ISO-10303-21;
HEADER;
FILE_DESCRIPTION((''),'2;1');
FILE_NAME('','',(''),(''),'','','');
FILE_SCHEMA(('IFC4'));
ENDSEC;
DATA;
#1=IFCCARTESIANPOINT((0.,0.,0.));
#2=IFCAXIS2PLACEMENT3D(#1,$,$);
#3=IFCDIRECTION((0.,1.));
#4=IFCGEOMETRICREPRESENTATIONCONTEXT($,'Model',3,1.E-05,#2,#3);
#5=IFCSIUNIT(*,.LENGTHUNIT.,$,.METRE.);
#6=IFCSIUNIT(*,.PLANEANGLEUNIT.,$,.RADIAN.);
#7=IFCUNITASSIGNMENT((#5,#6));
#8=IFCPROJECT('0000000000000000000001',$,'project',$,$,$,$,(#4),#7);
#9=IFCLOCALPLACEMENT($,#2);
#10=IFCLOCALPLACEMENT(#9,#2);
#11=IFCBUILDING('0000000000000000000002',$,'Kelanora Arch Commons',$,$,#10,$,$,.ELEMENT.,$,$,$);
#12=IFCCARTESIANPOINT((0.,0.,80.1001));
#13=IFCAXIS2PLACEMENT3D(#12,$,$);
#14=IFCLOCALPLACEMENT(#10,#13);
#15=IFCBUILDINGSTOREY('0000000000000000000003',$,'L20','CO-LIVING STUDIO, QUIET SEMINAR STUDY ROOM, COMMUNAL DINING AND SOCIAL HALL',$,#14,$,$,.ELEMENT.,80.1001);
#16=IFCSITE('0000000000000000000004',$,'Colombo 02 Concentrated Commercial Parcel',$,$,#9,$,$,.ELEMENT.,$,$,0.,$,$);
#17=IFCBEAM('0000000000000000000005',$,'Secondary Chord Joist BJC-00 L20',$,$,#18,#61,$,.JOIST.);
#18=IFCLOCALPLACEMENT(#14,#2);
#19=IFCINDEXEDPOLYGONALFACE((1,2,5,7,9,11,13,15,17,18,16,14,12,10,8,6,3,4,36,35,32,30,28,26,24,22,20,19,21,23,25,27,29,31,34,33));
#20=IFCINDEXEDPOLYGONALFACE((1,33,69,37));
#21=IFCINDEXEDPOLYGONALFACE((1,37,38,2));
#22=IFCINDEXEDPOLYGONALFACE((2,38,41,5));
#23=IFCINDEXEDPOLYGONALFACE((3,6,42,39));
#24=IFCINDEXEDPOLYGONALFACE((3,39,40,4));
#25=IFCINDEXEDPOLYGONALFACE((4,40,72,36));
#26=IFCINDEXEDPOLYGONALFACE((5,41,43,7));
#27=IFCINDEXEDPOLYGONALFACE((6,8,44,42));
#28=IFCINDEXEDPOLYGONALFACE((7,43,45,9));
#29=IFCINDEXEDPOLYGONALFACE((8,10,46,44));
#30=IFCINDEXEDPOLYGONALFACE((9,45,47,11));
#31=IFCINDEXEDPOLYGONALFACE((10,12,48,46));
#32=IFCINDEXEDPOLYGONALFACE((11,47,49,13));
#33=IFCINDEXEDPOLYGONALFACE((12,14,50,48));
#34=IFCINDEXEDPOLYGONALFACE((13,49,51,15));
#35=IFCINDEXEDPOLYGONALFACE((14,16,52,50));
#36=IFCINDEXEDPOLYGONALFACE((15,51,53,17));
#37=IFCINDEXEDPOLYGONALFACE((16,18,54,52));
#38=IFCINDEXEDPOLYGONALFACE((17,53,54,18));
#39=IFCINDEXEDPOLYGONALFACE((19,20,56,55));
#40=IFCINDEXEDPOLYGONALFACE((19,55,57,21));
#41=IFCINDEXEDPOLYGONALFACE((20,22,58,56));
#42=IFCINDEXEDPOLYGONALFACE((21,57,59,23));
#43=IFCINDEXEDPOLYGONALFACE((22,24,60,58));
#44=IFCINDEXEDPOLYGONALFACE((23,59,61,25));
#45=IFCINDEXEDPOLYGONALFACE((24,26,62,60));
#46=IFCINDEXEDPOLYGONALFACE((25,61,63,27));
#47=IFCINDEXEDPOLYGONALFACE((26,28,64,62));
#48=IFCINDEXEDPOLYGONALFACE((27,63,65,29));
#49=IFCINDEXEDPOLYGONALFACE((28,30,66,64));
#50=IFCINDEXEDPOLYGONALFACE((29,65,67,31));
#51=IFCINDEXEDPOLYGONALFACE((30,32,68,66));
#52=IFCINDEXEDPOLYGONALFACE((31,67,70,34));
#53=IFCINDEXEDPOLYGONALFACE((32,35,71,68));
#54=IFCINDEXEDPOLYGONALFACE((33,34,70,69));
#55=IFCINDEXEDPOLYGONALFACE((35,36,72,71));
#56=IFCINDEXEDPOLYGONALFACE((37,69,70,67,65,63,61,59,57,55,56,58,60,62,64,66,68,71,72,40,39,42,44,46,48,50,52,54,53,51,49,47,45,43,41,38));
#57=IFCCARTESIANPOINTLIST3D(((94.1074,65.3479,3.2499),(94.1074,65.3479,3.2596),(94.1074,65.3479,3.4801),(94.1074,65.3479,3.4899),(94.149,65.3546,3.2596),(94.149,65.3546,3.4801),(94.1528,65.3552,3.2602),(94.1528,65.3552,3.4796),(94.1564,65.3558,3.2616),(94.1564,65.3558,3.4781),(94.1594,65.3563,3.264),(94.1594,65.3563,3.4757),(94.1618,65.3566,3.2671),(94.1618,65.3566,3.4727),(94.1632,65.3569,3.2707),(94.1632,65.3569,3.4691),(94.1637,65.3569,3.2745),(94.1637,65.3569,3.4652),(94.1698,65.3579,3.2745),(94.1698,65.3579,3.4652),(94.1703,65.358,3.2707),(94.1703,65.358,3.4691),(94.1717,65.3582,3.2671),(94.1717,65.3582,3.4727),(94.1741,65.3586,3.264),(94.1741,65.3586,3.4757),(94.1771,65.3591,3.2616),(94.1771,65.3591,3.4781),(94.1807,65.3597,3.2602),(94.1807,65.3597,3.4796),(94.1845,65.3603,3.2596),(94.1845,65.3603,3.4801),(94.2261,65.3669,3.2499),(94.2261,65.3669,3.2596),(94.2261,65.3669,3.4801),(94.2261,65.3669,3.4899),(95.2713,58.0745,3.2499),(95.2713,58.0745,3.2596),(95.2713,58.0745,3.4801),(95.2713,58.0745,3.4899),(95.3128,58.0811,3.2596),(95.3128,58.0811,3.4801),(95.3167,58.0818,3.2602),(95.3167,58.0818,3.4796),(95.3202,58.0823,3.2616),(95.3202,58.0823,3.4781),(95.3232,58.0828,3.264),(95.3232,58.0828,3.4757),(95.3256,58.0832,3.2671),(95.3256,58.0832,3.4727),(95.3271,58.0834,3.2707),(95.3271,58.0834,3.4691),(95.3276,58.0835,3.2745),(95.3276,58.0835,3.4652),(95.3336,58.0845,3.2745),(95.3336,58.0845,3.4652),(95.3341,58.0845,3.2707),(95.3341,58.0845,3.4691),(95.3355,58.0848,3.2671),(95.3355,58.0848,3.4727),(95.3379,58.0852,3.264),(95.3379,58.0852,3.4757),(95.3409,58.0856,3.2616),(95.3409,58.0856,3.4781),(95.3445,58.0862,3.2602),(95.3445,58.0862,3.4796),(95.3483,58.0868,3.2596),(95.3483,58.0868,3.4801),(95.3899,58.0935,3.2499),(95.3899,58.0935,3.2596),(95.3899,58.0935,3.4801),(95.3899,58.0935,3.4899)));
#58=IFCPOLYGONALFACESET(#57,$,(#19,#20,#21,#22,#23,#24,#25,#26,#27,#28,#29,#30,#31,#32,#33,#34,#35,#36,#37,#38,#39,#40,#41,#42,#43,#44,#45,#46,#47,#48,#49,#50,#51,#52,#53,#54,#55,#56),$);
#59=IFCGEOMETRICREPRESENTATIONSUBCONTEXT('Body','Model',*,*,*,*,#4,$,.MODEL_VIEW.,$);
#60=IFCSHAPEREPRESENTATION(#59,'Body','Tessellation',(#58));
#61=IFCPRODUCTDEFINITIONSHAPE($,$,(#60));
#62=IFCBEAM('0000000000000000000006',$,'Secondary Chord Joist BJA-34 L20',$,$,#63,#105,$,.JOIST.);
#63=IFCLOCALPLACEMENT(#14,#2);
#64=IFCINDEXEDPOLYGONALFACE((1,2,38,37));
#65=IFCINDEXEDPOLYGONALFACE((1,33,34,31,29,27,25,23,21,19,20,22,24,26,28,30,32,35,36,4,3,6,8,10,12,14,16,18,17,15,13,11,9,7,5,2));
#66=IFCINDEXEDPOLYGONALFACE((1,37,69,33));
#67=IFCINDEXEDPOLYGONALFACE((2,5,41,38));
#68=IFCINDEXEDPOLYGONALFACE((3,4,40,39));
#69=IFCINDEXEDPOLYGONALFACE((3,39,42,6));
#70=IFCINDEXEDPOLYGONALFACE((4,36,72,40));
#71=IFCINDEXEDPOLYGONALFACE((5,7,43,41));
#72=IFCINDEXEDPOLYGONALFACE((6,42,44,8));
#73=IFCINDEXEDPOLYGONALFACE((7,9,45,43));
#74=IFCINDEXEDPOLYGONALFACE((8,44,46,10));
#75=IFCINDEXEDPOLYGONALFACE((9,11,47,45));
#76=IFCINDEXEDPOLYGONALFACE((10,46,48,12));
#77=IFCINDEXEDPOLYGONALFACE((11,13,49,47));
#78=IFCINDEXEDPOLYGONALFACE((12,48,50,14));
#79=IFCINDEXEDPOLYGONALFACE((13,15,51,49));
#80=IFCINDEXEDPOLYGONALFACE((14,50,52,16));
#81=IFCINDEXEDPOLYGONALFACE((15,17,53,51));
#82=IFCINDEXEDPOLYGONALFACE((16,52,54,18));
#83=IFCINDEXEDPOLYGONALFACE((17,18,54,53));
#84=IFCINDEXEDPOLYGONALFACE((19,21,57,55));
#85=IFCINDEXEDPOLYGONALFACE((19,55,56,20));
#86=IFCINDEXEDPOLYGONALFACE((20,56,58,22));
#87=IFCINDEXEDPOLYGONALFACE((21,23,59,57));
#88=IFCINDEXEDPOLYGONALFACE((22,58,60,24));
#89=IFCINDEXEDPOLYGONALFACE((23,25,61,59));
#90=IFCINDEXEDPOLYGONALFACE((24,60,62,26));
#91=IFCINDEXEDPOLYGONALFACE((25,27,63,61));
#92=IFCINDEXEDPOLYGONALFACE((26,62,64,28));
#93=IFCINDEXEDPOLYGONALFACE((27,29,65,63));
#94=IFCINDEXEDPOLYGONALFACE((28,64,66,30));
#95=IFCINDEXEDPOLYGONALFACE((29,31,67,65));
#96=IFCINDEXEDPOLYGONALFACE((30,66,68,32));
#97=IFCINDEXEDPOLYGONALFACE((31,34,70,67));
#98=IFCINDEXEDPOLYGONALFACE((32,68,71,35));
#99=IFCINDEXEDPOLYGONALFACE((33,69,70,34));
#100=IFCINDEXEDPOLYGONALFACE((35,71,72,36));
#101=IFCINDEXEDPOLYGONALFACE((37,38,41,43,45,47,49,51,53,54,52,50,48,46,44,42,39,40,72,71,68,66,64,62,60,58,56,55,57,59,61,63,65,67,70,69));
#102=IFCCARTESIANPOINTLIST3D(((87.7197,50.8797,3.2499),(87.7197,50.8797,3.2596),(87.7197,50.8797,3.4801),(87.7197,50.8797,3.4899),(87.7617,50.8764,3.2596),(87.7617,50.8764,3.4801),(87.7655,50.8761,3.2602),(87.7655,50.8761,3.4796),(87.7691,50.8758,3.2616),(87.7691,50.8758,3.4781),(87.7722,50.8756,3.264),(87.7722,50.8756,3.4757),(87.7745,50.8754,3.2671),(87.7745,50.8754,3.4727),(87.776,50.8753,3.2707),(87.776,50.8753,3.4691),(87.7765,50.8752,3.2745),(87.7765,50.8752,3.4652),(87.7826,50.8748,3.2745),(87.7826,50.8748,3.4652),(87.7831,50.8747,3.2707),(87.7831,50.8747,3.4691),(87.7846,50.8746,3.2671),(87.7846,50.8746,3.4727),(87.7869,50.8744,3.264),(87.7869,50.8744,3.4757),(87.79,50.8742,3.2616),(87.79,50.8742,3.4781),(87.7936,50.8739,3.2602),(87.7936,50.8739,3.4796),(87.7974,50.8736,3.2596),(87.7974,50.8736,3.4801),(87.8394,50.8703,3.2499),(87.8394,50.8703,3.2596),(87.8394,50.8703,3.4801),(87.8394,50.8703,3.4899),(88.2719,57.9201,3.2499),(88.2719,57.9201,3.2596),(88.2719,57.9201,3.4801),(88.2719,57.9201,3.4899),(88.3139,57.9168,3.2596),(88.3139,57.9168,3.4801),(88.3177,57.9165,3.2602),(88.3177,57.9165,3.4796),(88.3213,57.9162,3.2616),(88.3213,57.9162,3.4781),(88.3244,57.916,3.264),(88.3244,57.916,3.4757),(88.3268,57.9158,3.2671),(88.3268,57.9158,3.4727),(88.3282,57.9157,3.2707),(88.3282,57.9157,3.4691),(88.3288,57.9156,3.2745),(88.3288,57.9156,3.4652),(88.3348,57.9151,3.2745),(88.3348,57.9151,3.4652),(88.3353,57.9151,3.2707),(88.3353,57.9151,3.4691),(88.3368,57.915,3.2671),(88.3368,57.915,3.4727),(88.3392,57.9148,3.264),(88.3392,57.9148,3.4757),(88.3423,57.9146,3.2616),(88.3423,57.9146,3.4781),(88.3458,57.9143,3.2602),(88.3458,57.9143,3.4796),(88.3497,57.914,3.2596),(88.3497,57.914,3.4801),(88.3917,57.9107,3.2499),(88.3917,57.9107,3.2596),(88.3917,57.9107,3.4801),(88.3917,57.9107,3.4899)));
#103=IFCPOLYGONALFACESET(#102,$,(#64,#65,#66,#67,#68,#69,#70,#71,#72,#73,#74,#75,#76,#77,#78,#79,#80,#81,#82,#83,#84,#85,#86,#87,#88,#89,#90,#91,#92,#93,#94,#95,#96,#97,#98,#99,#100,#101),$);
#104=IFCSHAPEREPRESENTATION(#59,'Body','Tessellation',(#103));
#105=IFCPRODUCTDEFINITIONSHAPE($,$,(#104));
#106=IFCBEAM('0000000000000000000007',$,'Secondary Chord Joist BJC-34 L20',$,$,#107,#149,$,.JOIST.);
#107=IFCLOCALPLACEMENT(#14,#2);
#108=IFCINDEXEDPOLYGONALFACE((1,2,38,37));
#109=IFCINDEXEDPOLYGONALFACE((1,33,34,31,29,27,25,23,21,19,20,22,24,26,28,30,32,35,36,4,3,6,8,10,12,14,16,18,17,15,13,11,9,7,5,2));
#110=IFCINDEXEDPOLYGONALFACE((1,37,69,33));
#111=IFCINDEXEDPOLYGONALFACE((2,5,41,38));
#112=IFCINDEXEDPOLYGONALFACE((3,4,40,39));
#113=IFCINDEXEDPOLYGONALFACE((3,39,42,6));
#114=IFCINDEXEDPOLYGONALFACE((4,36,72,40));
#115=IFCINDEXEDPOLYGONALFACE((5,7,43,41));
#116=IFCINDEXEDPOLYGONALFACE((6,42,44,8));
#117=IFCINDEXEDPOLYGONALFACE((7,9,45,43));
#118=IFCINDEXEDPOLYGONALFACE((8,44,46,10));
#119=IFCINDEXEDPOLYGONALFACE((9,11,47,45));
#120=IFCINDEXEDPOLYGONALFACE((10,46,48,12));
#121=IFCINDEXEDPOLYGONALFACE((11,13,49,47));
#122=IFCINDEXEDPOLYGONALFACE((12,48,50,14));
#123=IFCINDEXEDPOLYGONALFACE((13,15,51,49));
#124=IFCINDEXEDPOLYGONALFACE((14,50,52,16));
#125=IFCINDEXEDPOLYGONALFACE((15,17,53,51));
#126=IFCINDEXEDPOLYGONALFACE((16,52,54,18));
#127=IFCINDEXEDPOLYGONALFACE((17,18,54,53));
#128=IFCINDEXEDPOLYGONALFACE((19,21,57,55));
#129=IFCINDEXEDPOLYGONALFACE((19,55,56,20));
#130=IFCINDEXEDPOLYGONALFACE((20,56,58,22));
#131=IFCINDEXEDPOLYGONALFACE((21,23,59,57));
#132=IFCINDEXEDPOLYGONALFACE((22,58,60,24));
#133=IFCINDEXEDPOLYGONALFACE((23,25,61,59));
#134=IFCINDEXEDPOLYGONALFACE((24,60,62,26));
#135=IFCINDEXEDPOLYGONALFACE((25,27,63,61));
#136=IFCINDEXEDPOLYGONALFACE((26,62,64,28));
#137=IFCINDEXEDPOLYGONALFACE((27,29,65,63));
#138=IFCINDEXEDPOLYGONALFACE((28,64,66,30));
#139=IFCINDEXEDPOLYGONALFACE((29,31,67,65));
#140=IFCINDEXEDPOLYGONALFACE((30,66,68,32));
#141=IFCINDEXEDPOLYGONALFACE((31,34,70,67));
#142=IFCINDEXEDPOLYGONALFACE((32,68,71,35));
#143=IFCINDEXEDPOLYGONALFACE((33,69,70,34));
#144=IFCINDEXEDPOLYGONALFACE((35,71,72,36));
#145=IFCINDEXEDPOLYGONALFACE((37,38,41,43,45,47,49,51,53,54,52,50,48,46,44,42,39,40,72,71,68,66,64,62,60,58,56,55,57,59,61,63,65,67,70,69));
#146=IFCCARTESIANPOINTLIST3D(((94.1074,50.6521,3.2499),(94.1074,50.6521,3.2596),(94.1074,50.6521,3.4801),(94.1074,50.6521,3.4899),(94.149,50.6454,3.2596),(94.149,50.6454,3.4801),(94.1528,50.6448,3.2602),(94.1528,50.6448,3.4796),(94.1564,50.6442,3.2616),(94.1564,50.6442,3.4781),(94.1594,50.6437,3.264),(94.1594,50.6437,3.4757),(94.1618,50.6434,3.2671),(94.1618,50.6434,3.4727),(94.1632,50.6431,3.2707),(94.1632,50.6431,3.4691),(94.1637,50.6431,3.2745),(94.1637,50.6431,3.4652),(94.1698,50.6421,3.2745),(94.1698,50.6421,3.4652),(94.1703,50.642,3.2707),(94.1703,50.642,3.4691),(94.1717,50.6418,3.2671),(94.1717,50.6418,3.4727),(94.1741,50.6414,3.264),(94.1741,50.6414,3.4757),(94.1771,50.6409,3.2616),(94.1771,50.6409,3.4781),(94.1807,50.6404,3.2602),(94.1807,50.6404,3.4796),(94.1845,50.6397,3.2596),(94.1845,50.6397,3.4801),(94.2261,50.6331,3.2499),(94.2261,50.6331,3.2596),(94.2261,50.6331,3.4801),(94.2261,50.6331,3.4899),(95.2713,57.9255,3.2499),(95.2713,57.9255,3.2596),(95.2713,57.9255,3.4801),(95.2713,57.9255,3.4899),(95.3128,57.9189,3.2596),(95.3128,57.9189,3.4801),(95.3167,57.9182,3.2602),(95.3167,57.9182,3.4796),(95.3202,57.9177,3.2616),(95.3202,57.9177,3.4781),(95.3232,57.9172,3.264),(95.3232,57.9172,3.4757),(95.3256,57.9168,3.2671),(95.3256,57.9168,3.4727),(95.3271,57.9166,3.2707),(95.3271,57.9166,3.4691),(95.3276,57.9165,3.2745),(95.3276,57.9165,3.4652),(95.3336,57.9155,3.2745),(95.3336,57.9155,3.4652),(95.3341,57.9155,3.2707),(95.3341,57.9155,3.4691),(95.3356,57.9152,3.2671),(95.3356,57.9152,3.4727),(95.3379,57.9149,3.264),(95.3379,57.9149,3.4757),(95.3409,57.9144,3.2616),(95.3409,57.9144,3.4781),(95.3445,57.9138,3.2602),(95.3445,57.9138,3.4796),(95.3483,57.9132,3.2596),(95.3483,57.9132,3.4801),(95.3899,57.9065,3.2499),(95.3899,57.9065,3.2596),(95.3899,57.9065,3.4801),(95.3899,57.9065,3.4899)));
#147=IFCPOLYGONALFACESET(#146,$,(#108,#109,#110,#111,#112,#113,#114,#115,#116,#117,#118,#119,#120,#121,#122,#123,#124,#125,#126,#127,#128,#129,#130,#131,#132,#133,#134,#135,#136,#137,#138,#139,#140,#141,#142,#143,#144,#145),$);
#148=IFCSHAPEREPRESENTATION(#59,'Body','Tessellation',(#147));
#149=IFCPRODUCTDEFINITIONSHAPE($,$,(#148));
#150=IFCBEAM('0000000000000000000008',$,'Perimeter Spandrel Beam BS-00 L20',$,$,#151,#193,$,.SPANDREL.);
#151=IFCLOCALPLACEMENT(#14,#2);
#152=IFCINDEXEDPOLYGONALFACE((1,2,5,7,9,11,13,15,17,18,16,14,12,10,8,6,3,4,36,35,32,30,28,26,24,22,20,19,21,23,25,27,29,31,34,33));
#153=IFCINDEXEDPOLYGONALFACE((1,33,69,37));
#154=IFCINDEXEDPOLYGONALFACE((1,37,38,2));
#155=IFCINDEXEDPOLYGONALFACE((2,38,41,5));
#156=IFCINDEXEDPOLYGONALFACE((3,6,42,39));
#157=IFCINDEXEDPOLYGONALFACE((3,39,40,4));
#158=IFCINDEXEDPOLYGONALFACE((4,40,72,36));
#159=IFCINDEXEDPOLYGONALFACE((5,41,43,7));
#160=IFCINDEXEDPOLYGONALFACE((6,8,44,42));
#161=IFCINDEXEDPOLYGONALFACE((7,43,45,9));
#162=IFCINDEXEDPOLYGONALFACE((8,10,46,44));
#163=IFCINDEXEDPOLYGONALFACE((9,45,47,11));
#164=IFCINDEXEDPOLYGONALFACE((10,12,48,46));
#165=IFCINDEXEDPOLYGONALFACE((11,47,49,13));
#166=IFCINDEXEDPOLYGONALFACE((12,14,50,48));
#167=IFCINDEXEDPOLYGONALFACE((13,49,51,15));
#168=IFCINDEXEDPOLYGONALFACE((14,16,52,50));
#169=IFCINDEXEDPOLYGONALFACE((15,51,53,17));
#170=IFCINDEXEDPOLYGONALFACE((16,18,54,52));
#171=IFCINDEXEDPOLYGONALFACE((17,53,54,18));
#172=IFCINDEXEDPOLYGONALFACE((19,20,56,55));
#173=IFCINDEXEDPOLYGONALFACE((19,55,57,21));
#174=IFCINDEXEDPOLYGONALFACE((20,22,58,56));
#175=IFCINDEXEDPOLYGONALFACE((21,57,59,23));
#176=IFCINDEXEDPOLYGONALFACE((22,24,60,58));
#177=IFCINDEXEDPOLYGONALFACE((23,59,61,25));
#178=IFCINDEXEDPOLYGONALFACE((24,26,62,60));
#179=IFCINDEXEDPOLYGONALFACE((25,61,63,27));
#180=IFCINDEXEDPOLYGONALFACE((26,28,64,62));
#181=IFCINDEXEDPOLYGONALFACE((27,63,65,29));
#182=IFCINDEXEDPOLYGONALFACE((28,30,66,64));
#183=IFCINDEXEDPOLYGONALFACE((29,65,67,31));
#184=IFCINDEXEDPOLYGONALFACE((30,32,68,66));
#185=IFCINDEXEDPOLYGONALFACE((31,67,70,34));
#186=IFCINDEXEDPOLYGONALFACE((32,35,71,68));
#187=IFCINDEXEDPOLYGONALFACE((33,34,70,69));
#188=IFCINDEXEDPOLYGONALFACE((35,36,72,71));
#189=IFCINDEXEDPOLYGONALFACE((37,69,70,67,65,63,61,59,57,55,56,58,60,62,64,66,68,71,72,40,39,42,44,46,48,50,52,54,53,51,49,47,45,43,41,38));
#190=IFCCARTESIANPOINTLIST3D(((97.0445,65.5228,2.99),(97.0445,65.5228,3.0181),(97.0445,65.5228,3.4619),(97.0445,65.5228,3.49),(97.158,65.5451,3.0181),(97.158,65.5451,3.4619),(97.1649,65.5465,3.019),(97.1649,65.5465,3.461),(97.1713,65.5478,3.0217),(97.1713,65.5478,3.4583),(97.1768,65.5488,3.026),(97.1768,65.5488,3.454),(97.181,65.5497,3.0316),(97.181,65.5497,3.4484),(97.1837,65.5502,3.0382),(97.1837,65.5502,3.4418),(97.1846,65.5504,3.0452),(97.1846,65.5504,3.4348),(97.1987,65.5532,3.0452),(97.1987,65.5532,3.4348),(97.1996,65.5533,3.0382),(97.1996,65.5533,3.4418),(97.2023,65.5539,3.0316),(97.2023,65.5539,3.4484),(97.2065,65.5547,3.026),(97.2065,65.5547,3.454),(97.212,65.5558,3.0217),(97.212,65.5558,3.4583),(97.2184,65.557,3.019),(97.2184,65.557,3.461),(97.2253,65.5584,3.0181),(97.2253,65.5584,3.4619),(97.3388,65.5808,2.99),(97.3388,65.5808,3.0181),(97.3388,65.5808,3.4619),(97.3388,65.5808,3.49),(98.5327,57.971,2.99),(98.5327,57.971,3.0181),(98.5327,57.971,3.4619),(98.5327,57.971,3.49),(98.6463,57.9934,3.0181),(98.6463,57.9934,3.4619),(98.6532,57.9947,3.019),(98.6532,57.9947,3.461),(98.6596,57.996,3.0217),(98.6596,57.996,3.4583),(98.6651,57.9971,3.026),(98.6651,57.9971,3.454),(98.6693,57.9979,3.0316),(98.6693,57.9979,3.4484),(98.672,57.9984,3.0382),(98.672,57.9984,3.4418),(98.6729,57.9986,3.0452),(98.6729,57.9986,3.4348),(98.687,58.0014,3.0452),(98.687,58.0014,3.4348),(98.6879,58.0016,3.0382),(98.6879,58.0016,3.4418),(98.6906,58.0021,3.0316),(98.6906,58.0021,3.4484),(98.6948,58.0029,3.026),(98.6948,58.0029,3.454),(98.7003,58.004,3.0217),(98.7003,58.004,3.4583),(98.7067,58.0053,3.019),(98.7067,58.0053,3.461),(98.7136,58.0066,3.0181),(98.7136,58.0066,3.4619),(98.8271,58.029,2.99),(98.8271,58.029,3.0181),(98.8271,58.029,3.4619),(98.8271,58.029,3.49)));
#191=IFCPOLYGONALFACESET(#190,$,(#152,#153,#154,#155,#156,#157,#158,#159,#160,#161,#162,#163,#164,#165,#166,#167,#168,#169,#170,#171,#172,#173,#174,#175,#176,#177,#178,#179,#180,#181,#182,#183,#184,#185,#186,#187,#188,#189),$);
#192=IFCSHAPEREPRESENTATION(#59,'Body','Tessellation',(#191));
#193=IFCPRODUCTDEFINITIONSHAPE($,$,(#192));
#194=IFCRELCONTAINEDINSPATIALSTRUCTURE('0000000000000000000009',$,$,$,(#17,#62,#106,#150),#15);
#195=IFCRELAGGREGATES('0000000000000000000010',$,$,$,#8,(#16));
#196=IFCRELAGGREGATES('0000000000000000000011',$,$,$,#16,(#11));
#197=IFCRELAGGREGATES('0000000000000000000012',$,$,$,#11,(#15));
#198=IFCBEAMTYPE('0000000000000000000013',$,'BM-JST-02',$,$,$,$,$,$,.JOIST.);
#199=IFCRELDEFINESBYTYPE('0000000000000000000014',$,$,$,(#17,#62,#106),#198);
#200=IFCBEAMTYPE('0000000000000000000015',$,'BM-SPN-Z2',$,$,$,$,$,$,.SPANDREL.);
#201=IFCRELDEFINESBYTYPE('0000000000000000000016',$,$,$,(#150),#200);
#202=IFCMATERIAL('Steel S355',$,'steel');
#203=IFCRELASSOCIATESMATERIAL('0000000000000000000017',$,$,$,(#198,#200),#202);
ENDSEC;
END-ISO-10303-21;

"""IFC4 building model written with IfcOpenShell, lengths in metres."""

from ifc_helpers import new_model, si_unit, direction, frame, origin, origin_2d, place, context, subcontext, project, spatial, i_section, extrude, material, material_profile, profile_set, type_object, element, save


model = new_model("IFC4")

# Units and contexts
model_context = context("Model", 3, precision=1e-05, world=origin(), true_north=direction((0.0, 1.0)))
body_context = subcontext(model_context, "Body", "Model", "MODEL_VIEW")
ifc_project = project(units=[si_unit("LENGTHUNIT", "METRE"), si_unit("PLANEANGLEUNIT", "RADIAN")], contexts=[model_context])

# Site, building, storey
site_placement = place(None, origin())
site = spatial("IfcSite", under=ifc_project, at=site_placement, Name="Colombo 02 Concentrated Commercial Parcel", CompositionType="ELEMENT", RefElevation=0.0)
building_placement = place(site_placement, origin())
building = spatial("IfcBuilding", under=site, at=building_placement, Name="Kelanora Arch Commons", CompositionType="ELEMENT")
storey_placement = place(building_placement, frame((0.0, 0.0, 80.1001)))
storey = spatial("IfcBuildingStorey", under=building, at=storey_placement, Name="L20", Description="CO-LIVING STUDIO, QUIET SEMINAR STUDY ROOM, COMMUNAL DINING AND SOCIAL HALL", CompositionType="ELEMENT", Elevation=80.1001)

# Beams
ifc_material_1 = material(Name="Steel S355", Category="steel")
ifc_material_profile_1 = material_profile(ifc_material_1, i_section(OverallWidth=0.1201, OverallDepth=0.24, WebThickness=0.0061, FlangeThickness=0.0098, FilletRadius=0.0149, at=origin_2d()), Name="IPE240")
ifc_profile_set_1 = profile_set([ifc_material_profile_1], Name="Steel S355")
beam_type_1 = type_object("IfcBeamType", Name="BM-JST-02", PredefinedType="JOIST", material=ifc_profile_set_1)
beam_1_placement = place(storey_placement, frame((95.3306, 58.084, 3.3699), z_axis=(-0.158, 0.987439, 0.0), x_axis=(-0.987439, -0.158, 0.0)))
element("IfcBeam", 1, at=beam_1_placement, inside=storey, type_object=beam_type_1, Name="Secondary Chord Joist BJC-00 L20", PredefinedType="JOIST", context=body_context, shape_type="SweptSolid", body=[
    extrude(i_section(OverallWidth=0.1201, OverallDepth=0.24, WebThickness=0.0061, FlangeThickness=0.0098, FilletRadius=0.0149, at=origin_2d()), origin(), (0.0, 0.0, 1.0), 7.366),
])
beam_2_placement = place(storey_placement, frame((87.7795, 50.875, 3.3699), z_axis=(0.078201, 0.996938, 0.0), x_axis=(-0.996938, 0.078201, 0.0)))
element("IfcBeam", 2, at=beam_2_placement, inside=storey, type_object=beam_type_1, Name="Secondary Chord Joist BJA-34 L20", PredefinedType="JOIST", context=body_context, shape_type="SweptSolid", body=[
    extrude(i_section(OverallWidth=0.1201, OverallDepth=0.24, WebThickness=0.0061, FlangeThickness=0.0098, FilletRadius=0.0149, at=origin_2d()), origin(), (0.0, 0.0, 1.0), 7.062),
])
beam_3_placement = place(storey_placement, frame((94.1667, 50.6426, 3.3699), z_axis=(0.158, 0.987439, 0.0), x_axis=(-0.987439, 0.158, 0.0)))
element("IfcBeam", 3, at=beam_3_placement, inside=storey, type_object=beam_type_1, Name="Secondary Chord Joist BJC-34 L20", PredefinedType="JOIST", context=body_context, shape_type="SweptSolid", body=[
    extrude(i_section(OverallWidth=0.1201, OverallDepth=0.24, WebThickness=0.0061, FlangeThickness=0.0098, FilletRadius=0.0149, at=origin_2d()), origin(), (0.0, 0.0, 1.0), 7.366),
])
ifc_material_profile_2 = material_profile(ifc_material_1, i_section(OverallWidth=0.3, OverallDepth=0.5, WebThickness=0.0144, FlangeThickness=0.0281, FilletRadius=0.0271, at=origin_2d()), Name="HEB500")
ifc_profile_set_2 = profile_set([ifc_material_profile_2], Name="Steel S355")
beam_type_2 = type_object("IfcBeamType", Name="BM-SPN-Z2", PredefinedType="SPANDREL", material=ifc_profile_set_2)
for number, where, z_axis, x_axis, name in (
    (4, (98.6799, 58.0, 3.24), (-0.193358, 0.981128, 0.0), (-0.981128, -0.193358, 0.0), "Perimeter Spandrel Beam BS-00 L20"),
):
    element("IfcBeam", number, at=place(storey_placement, frame(where, z_axis=z_axis, x_axis=x_axis)), inside=storey, type_object=beam_type_2, Name=name, PredefinedType="SPANDREL", context=body_context, shape_type="SweptSolid", body=[
        extrude(i_section(OverallWidth=0.3, OverallDepth=0.5, WebThickness=0.0144, FlangeThickness=0.0281, FilletRadius=0.0271, at=origin_2d()), origin(), (0.0, 0.0, 1.0), 7.697),
    ])

save(model, "model.ifc")
